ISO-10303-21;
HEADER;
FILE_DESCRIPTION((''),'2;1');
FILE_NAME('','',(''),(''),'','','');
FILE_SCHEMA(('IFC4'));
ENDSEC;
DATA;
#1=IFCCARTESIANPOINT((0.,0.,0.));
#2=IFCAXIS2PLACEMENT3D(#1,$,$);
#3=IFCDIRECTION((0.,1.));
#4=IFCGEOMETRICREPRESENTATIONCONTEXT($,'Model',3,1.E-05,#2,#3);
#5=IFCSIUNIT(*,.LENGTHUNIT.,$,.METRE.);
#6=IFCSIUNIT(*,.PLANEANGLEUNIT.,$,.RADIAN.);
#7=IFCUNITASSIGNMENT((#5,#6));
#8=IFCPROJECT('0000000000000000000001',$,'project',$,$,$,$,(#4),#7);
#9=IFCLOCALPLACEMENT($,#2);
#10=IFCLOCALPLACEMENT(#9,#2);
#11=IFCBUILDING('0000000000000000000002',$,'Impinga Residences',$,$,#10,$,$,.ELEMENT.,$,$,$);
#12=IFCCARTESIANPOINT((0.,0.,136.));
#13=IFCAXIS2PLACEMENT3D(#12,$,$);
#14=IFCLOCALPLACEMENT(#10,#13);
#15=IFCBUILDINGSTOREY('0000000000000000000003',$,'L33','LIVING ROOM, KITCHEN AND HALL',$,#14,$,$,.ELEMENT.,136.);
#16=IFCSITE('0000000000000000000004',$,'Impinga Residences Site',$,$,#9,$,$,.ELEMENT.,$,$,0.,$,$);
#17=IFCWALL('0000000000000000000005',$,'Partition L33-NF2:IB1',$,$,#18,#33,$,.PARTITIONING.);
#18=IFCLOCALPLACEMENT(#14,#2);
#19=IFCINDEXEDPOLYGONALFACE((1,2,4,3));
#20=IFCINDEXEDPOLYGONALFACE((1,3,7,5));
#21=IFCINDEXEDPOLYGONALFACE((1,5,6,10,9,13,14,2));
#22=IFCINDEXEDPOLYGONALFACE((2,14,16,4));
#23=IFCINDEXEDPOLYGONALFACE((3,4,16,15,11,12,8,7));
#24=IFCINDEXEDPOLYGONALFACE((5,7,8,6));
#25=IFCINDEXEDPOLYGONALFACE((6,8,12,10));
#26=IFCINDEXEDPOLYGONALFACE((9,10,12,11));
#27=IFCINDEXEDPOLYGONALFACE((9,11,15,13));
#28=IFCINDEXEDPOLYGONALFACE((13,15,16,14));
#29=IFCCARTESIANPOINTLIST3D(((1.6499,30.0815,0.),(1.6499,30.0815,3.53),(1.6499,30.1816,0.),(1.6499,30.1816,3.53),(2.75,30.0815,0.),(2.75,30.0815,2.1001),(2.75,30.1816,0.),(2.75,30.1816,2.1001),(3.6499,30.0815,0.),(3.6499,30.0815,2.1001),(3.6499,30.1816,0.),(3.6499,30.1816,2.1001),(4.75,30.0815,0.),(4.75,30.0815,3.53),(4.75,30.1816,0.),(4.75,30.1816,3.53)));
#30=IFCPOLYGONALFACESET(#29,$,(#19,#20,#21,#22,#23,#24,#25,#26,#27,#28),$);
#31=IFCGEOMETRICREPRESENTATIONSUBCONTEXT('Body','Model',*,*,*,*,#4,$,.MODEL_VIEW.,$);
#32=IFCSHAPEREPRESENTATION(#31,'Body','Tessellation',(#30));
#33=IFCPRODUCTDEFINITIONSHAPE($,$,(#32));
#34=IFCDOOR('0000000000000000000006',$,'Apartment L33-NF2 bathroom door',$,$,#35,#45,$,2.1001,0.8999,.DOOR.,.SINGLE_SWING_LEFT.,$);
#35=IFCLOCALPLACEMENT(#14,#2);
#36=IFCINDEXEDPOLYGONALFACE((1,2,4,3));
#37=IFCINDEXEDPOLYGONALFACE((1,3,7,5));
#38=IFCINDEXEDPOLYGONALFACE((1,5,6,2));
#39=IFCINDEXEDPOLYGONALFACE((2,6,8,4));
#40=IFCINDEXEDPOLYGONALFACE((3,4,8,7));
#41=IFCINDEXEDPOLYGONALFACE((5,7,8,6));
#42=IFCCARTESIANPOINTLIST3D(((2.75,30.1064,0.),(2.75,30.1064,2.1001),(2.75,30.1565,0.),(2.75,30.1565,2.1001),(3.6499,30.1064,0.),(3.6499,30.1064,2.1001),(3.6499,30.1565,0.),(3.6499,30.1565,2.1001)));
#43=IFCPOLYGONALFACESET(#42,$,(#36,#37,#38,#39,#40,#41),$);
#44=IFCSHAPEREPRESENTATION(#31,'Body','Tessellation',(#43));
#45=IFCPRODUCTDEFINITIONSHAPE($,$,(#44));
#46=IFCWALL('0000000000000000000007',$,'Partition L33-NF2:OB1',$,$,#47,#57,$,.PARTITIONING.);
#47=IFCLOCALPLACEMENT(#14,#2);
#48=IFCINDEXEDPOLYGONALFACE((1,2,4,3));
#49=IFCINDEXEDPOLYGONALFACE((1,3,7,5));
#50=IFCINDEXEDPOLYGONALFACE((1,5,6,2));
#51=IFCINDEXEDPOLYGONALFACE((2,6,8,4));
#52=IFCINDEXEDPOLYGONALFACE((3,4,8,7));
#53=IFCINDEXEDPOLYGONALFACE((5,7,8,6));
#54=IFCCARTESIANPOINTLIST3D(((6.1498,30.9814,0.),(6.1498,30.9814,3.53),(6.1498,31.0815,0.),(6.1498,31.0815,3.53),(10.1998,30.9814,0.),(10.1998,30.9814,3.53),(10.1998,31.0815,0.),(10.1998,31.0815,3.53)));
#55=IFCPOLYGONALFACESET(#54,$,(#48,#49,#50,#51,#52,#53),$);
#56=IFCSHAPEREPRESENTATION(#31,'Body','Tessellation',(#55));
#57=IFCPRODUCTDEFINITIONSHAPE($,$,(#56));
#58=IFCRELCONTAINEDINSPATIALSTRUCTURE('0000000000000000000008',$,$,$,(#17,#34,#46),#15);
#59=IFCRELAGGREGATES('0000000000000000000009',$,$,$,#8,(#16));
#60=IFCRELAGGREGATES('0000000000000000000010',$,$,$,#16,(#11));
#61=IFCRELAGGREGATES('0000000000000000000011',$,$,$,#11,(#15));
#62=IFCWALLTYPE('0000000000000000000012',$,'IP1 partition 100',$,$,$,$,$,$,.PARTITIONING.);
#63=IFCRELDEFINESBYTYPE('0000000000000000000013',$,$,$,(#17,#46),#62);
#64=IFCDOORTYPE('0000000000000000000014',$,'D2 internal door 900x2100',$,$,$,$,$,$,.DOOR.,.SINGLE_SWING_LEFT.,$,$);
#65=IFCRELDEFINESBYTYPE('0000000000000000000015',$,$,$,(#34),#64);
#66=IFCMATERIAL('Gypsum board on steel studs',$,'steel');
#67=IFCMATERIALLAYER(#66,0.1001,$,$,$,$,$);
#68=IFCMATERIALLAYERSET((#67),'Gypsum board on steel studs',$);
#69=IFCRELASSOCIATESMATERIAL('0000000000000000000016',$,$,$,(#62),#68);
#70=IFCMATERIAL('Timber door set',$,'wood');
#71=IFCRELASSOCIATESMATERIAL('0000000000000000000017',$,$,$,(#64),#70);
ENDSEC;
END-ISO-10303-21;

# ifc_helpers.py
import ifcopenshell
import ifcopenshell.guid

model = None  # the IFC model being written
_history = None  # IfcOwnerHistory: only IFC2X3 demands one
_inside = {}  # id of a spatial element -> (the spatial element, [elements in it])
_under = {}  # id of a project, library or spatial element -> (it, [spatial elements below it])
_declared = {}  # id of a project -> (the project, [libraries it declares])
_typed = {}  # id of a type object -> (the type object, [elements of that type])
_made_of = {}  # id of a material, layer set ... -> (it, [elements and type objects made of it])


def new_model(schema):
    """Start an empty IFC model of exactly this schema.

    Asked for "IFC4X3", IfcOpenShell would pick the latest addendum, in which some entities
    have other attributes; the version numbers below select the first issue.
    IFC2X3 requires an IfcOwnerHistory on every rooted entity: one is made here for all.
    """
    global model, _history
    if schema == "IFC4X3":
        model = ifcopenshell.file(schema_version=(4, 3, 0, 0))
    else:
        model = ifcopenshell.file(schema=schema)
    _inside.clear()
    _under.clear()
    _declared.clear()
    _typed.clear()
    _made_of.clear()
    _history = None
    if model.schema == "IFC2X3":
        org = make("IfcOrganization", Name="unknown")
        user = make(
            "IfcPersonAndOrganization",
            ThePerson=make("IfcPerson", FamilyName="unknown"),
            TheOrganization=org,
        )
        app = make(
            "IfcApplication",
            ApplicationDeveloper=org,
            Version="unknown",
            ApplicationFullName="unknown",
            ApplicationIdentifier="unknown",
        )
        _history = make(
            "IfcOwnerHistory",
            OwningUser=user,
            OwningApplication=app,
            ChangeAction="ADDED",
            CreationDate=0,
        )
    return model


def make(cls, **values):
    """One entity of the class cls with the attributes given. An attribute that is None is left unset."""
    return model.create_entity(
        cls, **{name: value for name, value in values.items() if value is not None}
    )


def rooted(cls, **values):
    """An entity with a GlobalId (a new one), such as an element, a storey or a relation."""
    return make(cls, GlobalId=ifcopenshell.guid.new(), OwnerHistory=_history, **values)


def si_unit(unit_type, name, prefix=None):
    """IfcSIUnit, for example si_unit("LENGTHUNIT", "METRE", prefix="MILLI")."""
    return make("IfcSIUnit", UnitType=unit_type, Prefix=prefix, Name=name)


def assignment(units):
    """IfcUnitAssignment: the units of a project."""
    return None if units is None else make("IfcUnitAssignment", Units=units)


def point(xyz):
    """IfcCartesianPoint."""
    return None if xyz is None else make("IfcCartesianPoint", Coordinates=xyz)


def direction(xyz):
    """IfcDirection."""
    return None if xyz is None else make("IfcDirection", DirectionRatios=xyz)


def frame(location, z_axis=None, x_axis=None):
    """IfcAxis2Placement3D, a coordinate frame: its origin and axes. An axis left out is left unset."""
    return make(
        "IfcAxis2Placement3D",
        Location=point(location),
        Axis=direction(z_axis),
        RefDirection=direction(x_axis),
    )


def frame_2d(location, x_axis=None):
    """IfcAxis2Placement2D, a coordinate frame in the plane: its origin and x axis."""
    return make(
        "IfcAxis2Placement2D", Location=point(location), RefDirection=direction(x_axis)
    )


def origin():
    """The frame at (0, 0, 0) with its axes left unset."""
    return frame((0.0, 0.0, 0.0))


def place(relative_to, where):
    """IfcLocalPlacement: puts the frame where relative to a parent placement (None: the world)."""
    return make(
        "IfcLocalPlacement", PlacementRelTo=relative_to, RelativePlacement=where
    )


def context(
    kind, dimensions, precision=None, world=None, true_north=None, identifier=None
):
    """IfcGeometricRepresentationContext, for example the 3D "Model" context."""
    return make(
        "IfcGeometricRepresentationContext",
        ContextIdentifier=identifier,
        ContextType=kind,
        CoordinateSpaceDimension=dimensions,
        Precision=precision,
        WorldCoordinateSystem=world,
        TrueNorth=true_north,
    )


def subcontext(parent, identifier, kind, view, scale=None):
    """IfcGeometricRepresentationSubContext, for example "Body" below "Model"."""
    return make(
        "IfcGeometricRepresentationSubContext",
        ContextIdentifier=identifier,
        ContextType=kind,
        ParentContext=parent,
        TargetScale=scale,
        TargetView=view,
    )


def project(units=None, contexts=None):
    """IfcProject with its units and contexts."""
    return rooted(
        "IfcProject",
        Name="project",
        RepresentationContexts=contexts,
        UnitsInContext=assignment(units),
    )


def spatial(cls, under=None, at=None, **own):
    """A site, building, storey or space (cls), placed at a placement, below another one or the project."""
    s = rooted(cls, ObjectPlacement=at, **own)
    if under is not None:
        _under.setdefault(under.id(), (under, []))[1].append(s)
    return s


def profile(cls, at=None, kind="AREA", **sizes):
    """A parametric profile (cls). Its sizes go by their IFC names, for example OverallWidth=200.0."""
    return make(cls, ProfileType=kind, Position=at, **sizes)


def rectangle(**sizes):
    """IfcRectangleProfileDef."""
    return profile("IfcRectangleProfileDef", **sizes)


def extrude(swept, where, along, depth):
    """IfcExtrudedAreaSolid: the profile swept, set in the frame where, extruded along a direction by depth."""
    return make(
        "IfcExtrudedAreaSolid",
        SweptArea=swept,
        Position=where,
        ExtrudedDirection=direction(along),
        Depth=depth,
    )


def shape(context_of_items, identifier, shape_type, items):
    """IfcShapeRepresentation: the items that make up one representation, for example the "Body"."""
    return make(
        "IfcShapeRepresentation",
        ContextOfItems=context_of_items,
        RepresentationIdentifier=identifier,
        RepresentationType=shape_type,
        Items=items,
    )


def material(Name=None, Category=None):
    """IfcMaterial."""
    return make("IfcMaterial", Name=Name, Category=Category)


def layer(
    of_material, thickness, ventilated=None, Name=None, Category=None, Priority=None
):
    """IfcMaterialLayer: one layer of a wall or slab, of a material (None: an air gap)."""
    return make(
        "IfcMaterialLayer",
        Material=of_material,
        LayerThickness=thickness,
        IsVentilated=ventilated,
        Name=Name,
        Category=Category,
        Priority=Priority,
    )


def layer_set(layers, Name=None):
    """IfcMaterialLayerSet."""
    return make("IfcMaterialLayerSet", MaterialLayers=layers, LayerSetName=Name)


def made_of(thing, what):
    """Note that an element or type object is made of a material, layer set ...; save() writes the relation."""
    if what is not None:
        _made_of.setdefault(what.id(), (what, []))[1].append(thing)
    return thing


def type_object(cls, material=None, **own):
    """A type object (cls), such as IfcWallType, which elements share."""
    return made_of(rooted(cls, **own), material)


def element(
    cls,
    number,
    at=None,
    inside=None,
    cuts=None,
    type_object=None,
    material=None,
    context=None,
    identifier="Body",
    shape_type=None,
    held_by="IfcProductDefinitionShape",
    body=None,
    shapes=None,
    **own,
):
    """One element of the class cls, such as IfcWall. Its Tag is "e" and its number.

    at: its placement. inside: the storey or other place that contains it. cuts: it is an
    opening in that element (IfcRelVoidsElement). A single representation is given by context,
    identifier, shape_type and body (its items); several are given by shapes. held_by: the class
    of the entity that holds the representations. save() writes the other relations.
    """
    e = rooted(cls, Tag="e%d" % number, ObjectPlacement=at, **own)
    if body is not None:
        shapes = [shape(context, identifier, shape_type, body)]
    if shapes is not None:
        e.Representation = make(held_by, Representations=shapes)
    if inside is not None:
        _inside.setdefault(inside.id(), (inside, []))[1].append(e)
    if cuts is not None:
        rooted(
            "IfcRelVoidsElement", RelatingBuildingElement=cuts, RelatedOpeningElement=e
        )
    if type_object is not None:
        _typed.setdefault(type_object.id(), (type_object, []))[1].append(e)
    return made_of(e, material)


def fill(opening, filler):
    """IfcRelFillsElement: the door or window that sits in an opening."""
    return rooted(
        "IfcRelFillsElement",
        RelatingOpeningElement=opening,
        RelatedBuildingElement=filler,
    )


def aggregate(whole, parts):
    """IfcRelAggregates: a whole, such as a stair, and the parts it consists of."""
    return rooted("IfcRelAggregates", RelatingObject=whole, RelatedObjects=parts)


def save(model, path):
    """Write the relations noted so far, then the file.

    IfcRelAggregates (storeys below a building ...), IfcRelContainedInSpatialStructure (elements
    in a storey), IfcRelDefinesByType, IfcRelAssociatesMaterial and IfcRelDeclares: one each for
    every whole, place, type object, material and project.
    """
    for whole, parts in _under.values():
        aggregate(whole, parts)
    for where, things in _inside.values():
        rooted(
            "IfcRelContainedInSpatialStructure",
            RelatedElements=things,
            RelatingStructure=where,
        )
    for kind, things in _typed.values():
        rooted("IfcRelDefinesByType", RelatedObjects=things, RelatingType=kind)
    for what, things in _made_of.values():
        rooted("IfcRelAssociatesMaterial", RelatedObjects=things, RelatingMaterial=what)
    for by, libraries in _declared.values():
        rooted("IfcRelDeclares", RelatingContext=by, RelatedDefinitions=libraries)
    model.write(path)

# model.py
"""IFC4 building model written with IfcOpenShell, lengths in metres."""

from ifc_helpers import new_model, si_unit, direction, frame, frame_2d, origin, place, context, subcontext, project, spatial, rectangle, extrude, material, layer, layer_set, type_object, element, fill, save


model = new_model("IFC4")

# Units and contexts
model_context = context("Model", 3, precision=1e-05, world=origin(), true_north=direction((0.0, 1.0)))
body_context = subcontext(model_context, "Body", "Model", "MODEL_VIEW")
ifc_project = project(units=[si_unit("LENGTHUNIT", "METRE"), si_unit("PLANEANGLEUNIT", "RADIAN")], contexts=[model_context])

# Site, building, storey
site_placement = place(None, origin())
site = spatial("IfcSite", under=ifc_project, at=site_placement, Name="Impinga Residences Site", CompositionType="ELEMENT", RefElevation=0.0)
building_placement = place(site_placement, origin())
building = spatial("IfcBuilding", under=site, at=building_placement, Name="Impinga Residences", CompositionType="ELEMENT")
storey_placement = place(building_placement, frame((0.0, 0.0, 136.0)))
storey = spatial("IfcBuildingStorey", under=building, at=storey_placement, Name="L33", Description="LIVING ROOM, KITCHEN AND HALL", CompositionType="ELEMENT", Elevation=136.0)

# Shared definitions
ifc_material_1 = material(Name="Gypsum board on steel studs", Category="steel")
ifc_layer_1 = layer(ifc_material_1, 0.1001)
ifc_layer_set_1 = layer_set([ifc_layer_1], Name="Gypsum board on steel studs")
wall_type_1 = type_object("IfcWallType", Name="IP1 partition 100", PredefinedType="PARTITIONING", material=ifc_layer_set_1)

# Wall, opening, door
wall_1_placement = place(storey_placement, frame((1.6499, 30.1316, 0.0), z_axis=(0.0, 0.0, 1.0), x_axis=(1.0, 0.0, 0.0)))
wall_1 = element("IfcWall", 1, at=wall_1_placement, inside=storey, type_object=wall_type_1, Name="Partition L33-NF2:IB1", PredefinedType="PARTITIONING", context=body_context, shape_type="SweptSolid", body=[
    extrude(rectangle(XDim=3.1001, YDim=0.1001, at=frame_2d((1.55, 0.0))), origin(), (0.0, 0.0, 1.0), 3.53),
])
opening_1_placement = place(wall_1_placement, frame((1.1001, 0.0, 0.0)))
opening_1 = element("IfcOpeningElement", 2, at=opening_1_placement, cuts=wall_1, PredefinedType="OPENING", context=body_context, shape_type="SweptSolid", body=[
    extrude(rectangle(XDim=0.8999, YDim=2.1001, at=frame_2d((0.45, 1.05))), frame((0.0, 0.0601, 0.0), z_axis=(0.0, -1.0, 0.0), x_axis=(1.0, 0.0, 0.0)), (0.0, 0.0, 1.0), 0.1201),
])
ifc_material_2 = material(Name="Timber door set", Category="wood")
door_type = type_object("IfcDoorType", Name="D2 internal door 900x2100", OperationType="SINGLE_SWING_LEFT", PredefinedType="DOOR", material=ifc_material_2)
door_placement = place(opening_1_placement, origin())
door = element("IfcDoor", 3, at=door_placement, inside=storey, type_object=door_type, Name="Apartment L33-NF2 bathroom door", OperationType="SINGLE_SWING_LEFT", OverallHeight=2.1001, OverallWidth=0.8999, PredefinedType="DOOR", context=body_context, shape_type="SweptSolid", body=[
    extrude(rectangle(XDim=0.8999, YDim=2.1001, at=frame_2d((0.45, 1.05))), frame((0.0, 0.0249, 0.0), z_axis=(0.0, -1.0, 0.0), x_axis=(1.0, 0.0, 0.0)), (0.0, 0.0, 1.0), 0.05),
])
fill(opening_1, door)

# Wall
wall_2_placement = place(storey_placement, frame((6.1499, 31.0315, 0.0), z_axis=(0.0, 0.0, 1.0), x_axis=(1.0, 0.0, 0.0)))
element("IfcWall", 4, at=wall_2_placement, inside=storey, type_object=wall_type_1, Name="Partition L33-NF2:OB1", PredefinedType="PARTITIONING", context=body_context, shape_type="SweptSolid", body=[
    extrude(rectangle(XDim=4.05, YDim=0.1001, at=frame_2d((2.0249, 0.0))), origin(), (0.0, 0.0, 1.0), 3.53),
])

save(model, "model.ifc")
